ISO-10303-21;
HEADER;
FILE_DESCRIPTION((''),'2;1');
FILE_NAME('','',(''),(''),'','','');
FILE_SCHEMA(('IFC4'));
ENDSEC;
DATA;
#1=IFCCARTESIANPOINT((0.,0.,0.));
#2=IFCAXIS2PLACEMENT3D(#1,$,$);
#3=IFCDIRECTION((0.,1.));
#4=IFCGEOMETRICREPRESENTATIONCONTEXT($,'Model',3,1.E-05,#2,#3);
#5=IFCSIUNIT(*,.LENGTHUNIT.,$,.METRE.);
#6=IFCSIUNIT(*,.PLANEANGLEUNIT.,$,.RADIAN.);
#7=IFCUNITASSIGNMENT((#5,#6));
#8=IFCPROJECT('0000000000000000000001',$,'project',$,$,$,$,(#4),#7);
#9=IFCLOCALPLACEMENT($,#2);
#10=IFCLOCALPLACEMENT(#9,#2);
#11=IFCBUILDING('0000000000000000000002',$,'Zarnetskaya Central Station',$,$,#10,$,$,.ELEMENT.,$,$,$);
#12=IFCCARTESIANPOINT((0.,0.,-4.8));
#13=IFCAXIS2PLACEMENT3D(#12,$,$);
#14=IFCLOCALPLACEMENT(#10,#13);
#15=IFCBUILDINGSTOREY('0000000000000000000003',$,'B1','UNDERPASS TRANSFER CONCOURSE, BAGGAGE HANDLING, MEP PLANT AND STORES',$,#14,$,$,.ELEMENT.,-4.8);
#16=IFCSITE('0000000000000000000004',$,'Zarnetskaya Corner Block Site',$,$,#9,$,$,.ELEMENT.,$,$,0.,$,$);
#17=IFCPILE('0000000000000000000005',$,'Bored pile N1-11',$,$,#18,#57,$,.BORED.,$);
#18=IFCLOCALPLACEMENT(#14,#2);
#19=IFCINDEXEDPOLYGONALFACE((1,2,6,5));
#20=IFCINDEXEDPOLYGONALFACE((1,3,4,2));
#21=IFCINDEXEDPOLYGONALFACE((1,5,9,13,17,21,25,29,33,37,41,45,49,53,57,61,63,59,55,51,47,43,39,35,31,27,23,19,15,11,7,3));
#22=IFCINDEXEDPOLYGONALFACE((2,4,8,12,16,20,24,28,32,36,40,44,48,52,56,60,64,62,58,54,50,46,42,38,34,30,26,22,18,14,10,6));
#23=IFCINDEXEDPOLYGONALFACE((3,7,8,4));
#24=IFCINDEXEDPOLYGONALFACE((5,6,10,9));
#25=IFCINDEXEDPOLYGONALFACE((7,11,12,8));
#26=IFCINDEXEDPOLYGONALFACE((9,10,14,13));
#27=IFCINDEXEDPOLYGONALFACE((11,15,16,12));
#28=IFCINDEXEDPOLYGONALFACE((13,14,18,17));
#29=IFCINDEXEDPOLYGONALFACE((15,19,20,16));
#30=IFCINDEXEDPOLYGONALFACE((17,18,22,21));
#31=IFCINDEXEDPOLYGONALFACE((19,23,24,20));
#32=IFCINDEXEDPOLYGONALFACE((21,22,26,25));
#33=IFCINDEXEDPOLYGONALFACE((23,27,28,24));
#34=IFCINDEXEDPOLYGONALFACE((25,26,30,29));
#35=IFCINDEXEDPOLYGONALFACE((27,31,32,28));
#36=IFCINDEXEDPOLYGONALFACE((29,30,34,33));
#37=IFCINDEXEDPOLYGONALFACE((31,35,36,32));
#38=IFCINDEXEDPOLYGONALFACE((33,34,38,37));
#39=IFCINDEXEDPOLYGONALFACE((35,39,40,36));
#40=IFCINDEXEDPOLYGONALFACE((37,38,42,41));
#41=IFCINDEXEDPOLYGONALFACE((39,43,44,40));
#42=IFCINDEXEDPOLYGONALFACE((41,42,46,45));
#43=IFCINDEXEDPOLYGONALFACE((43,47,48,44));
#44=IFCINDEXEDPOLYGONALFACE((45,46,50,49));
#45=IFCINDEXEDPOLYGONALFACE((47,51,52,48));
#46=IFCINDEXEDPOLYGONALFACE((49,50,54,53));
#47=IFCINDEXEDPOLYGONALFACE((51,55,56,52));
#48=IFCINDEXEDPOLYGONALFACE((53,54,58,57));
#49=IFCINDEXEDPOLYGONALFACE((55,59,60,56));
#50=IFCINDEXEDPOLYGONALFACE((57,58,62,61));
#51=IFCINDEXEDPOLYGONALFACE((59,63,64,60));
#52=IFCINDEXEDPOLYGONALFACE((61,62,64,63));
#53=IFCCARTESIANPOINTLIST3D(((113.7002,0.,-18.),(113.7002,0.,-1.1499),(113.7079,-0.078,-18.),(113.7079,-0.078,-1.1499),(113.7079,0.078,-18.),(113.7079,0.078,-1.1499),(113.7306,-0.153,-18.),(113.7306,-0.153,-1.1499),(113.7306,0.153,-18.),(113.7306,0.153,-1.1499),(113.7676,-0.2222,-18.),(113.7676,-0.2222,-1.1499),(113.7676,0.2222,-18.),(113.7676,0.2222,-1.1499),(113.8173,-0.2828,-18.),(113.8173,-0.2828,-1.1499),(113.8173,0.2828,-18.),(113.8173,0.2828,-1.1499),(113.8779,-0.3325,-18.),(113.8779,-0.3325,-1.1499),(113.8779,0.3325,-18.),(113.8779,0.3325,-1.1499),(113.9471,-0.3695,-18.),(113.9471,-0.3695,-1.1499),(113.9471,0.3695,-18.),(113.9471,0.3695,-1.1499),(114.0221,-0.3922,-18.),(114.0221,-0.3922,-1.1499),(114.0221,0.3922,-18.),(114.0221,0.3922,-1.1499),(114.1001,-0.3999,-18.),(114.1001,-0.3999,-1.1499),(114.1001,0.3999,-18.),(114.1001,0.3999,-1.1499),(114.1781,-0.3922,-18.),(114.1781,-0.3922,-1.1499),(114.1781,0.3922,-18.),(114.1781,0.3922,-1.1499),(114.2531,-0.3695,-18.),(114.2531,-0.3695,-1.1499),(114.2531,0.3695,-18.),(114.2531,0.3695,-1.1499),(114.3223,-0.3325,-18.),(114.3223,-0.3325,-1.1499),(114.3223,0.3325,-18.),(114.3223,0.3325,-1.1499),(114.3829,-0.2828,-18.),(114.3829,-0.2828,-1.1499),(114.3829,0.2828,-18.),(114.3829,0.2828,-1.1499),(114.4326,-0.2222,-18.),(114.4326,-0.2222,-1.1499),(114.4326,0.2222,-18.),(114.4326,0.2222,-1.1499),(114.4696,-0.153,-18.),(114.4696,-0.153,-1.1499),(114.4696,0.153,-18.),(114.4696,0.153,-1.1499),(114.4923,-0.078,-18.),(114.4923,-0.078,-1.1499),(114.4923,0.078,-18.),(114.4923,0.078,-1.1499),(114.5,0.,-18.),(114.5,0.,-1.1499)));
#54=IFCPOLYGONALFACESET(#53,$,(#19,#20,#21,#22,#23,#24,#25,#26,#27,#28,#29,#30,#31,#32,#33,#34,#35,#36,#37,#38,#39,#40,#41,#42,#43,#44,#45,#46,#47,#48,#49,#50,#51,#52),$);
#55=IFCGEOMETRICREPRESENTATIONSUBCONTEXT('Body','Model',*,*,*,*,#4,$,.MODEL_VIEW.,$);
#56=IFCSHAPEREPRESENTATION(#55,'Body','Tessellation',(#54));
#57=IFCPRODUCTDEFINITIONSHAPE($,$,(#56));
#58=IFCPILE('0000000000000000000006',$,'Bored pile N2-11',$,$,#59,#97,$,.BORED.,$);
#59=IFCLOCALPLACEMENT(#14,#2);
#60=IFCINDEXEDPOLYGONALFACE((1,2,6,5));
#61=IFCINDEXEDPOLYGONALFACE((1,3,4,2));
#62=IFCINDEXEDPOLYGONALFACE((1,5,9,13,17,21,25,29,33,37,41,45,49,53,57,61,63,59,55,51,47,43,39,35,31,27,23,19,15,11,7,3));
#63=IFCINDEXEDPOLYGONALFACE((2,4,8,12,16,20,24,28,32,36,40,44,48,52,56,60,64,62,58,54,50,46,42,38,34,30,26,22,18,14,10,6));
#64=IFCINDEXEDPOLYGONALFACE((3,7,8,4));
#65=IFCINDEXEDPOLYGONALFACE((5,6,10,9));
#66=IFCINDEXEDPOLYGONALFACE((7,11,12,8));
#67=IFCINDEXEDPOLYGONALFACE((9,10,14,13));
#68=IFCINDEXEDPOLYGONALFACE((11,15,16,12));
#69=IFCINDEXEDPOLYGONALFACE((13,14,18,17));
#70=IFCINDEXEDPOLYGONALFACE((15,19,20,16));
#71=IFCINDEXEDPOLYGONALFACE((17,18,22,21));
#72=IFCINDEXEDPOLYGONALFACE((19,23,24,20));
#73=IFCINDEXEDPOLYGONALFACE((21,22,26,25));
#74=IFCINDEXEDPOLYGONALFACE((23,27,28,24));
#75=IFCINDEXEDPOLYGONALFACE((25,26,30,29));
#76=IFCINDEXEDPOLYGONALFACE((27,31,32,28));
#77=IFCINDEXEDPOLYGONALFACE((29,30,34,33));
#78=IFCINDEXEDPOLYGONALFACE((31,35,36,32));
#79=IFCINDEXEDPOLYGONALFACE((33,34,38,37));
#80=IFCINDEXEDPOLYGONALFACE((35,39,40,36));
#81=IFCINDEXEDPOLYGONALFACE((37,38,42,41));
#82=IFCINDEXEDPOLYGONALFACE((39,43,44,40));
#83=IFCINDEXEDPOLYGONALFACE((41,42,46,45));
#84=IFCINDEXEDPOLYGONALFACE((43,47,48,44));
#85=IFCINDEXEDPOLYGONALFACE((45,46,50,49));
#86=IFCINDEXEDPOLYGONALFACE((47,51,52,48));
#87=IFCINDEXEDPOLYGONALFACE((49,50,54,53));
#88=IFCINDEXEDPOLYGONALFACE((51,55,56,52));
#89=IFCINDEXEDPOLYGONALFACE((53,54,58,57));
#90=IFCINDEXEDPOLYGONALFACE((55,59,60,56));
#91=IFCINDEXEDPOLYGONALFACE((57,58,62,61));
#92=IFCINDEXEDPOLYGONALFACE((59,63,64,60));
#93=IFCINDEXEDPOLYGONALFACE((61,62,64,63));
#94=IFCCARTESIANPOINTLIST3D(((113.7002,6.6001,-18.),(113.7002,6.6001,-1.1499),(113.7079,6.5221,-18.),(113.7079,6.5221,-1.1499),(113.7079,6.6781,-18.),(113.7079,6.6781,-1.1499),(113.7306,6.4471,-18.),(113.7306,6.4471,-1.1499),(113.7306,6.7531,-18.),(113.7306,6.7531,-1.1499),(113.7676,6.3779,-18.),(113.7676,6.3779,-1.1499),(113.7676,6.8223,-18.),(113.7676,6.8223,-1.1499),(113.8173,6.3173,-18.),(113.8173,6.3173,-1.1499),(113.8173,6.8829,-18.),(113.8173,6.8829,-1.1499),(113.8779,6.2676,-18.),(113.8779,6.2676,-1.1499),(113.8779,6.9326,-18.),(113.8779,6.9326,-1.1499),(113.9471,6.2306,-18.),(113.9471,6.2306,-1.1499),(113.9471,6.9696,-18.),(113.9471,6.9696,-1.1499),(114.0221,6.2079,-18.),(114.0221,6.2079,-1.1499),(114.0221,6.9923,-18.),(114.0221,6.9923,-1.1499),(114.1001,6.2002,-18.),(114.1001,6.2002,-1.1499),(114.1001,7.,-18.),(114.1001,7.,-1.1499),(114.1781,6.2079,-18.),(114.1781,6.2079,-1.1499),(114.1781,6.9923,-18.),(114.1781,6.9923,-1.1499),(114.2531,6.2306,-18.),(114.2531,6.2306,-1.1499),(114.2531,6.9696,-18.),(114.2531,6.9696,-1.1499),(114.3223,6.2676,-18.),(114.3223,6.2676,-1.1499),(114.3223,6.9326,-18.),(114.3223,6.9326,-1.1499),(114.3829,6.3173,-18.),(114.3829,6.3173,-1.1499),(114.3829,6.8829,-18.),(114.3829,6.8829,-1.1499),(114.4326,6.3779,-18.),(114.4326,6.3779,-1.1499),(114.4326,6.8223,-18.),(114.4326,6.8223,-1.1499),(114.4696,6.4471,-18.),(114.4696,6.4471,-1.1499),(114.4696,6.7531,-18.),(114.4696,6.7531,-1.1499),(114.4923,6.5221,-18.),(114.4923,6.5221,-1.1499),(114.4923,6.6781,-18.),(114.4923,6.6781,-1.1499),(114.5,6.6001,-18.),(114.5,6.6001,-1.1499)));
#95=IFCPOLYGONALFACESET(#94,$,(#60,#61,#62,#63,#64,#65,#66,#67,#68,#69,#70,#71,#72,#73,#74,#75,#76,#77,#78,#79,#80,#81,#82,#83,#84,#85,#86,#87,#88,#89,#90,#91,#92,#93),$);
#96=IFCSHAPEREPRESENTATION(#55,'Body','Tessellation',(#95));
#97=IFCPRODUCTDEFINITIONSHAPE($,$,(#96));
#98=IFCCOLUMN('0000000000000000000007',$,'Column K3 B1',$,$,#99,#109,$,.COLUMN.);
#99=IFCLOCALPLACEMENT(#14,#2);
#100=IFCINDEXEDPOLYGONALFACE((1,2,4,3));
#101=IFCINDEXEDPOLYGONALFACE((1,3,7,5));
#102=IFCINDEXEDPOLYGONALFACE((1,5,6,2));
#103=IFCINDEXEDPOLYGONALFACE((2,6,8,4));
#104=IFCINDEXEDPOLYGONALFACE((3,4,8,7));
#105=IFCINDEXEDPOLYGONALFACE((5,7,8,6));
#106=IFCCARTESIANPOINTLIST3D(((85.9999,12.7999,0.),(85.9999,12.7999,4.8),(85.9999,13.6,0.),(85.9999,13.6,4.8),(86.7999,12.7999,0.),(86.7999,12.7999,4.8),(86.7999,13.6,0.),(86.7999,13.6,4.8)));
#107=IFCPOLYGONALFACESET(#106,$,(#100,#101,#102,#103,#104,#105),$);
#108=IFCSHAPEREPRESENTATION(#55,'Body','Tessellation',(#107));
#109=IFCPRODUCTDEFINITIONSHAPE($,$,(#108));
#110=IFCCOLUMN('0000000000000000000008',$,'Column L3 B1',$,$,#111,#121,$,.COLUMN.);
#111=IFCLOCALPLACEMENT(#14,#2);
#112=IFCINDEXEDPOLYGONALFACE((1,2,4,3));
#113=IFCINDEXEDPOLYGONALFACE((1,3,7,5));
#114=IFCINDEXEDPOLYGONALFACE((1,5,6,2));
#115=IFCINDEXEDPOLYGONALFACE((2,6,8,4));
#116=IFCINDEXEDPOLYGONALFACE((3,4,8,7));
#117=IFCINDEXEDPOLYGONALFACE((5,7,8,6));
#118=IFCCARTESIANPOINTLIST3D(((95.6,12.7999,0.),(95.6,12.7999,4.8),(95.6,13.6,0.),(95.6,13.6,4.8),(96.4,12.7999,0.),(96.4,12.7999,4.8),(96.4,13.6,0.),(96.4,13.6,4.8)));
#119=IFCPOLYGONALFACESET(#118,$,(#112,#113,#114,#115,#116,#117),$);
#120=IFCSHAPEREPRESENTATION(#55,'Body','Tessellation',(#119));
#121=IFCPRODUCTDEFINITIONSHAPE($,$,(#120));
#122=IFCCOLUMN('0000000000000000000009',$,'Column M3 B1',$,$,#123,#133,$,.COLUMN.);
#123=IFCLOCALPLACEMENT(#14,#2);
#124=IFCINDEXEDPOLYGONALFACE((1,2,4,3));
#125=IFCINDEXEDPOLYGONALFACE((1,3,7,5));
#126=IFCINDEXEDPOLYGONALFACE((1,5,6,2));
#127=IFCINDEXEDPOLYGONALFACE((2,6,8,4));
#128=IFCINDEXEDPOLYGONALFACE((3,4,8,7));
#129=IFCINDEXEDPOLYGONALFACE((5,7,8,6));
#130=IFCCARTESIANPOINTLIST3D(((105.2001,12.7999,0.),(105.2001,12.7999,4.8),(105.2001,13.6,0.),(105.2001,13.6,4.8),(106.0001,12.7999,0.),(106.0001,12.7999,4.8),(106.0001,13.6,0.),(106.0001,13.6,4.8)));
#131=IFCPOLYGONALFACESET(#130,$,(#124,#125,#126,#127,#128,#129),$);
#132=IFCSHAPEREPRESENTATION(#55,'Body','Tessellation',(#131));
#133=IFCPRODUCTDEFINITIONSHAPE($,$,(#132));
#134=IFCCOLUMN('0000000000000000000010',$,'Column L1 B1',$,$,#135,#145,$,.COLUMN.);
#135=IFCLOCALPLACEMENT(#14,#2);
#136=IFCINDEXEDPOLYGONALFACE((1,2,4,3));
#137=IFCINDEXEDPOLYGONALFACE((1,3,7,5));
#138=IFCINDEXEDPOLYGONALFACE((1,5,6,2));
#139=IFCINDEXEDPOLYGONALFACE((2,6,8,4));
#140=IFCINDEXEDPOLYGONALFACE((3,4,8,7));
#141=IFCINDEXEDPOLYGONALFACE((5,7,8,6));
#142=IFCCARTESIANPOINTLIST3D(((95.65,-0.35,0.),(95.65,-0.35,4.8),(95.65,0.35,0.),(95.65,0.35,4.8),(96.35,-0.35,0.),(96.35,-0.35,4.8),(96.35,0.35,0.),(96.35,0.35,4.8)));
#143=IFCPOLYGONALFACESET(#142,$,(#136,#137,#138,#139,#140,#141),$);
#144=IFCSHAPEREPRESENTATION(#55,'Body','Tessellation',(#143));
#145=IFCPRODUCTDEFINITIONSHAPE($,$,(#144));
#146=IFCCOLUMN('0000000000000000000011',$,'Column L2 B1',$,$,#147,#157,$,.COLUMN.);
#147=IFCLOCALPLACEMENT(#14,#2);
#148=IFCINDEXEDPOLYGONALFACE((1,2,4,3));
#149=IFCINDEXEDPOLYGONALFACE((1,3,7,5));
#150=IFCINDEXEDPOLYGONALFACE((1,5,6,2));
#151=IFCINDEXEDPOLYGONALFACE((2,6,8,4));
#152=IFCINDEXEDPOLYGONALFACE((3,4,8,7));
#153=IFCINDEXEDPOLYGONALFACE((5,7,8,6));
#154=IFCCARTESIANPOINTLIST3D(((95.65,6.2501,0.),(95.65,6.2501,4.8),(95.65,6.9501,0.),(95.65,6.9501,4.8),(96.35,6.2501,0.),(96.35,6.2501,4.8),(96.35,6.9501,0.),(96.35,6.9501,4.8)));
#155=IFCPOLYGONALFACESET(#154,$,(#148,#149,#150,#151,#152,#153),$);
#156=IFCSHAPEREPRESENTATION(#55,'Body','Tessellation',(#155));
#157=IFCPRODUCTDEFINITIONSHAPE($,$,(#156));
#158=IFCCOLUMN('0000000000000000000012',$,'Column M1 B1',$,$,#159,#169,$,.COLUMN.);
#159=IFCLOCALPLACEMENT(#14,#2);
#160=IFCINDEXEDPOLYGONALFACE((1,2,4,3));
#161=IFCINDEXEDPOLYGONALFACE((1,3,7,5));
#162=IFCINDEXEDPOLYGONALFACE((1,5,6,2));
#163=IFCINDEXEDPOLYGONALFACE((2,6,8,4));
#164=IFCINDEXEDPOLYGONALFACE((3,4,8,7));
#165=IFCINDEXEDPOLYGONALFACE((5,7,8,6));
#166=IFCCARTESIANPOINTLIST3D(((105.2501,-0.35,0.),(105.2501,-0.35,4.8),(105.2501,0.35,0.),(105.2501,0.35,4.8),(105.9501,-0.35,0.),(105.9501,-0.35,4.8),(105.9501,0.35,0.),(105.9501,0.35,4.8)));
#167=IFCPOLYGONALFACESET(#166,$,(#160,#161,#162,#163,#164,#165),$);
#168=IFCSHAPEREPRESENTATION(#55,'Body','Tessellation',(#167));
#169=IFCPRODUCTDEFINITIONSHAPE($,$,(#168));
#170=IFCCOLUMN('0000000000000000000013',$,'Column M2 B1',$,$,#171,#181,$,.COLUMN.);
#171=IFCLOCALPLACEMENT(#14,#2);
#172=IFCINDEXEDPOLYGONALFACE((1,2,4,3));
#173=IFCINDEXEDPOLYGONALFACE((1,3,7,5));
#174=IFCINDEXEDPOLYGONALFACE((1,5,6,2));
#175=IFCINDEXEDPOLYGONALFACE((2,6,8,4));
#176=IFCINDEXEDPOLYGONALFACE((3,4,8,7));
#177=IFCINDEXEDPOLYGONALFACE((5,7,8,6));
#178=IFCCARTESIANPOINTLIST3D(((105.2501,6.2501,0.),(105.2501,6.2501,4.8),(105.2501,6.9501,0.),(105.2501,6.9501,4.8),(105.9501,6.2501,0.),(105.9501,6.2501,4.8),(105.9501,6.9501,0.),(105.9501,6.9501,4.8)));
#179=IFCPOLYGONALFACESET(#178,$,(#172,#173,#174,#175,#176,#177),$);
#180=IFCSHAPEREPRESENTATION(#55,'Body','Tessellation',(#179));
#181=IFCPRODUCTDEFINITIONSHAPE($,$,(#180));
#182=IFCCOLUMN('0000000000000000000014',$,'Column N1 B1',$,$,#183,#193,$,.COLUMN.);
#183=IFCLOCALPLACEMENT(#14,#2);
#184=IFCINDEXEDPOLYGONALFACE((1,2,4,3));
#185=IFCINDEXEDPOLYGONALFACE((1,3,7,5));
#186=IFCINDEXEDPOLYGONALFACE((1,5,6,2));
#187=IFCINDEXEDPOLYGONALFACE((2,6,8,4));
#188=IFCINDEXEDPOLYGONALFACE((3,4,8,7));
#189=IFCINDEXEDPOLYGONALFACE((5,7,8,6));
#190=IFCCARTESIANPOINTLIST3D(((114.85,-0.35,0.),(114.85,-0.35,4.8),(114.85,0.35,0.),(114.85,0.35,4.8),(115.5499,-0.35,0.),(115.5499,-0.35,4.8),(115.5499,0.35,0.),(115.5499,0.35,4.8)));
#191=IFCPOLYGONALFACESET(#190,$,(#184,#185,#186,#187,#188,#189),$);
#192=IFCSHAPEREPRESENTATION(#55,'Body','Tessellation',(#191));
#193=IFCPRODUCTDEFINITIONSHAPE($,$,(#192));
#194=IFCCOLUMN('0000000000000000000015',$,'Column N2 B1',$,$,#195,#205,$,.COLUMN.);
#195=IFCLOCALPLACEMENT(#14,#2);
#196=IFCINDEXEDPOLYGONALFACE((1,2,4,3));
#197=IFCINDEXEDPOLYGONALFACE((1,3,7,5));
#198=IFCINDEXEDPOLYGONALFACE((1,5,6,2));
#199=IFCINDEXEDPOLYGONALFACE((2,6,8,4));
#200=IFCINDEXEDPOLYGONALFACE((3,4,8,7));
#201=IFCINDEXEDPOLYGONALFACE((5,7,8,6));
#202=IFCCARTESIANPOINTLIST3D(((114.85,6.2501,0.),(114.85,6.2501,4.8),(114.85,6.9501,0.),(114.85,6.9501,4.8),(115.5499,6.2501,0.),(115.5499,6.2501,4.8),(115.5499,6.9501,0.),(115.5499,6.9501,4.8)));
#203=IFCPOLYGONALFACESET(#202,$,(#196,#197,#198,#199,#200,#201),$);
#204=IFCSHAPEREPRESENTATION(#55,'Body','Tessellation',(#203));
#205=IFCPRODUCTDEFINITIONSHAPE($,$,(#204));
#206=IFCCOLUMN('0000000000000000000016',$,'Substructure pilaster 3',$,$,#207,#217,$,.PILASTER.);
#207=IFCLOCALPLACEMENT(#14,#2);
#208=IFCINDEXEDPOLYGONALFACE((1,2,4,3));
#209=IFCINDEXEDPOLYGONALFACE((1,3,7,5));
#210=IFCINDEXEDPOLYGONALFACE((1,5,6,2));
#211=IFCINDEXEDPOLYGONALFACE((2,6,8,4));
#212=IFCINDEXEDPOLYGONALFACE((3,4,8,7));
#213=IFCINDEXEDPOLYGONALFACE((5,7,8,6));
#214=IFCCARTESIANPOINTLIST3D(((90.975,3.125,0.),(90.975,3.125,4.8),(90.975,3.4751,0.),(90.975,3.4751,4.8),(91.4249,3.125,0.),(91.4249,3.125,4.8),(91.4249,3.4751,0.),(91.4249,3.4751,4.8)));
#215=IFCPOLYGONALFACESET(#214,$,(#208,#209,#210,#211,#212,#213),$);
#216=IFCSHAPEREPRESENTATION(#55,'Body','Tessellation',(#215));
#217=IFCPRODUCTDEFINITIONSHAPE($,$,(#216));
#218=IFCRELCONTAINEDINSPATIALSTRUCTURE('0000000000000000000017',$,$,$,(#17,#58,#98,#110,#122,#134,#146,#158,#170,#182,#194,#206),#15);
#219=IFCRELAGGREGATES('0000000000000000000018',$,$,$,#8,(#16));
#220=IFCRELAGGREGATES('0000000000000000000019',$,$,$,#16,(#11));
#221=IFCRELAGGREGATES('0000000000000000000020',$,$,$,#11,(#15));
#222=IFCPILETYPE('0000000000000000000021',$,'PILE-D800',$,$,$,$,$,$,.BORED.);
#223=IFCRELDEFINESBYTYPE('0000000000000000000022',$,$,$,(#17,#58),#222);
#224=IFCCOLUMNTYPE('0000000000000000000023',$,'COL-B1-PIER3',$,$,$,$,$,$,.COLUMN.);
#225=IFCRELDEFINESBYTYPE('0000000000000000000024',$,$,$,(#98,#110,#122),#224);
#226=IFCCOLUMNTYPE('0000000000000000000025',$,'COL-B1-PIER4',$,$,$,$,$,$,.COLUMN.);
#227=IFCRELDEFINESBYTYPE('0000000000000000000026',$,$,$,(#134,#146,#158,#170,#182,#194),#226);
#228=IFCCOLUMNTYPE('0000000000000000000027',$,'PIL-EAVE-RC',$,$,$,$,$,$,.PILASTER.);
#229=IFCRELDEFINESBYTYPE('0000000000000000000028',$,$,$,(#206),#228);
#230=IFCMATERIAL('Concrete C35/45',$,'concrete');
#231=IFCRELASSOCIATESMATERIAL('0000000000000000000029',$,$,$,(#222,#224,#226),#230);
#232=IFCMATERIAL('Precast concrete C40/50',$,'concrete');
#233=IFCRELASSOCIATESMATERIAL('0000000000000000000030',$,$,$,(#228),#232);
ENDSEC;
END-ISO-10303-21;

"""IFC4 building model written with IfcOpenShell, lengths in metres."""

from ifc_helpers import new_model, si_unit, direction, frame, origin, origin_2d, place, context, subcontext, project, spatial, rectangle, circle, extrude, material, material_profile, profile_set, type_object, element, save


model = new_model("IFC4")

# Units and contexts
model_context = context("Model", 3, precision=1e-05, world=origin(), true_north=direction((0.0, 1.0)))
body_context = subcontext(model_context, "Body", "Model", "MODEL_VIEW")
ifc_project = project(units=[si_unit("LENGTHUNIT", "METRE"), si_unit("PLANEANGLEUNIT", "RADIAN")], contexts=[model_context])

# Site, building, storey
site_placement = place(None, origin())
site = spatial("IfcSite", under=ifc_project, at=site_placement, Name="Zarnetskaya Corner Block Site", CompositionType="ELEMENT", RefElevation=0.0)
building_placement = place(site_placement, origin())
building = spatial("IfcBuilding", under=site, at=building_placement, Name="Zarnetskaya Central Station", CompositionType="ELEMENT")
storey_placement = place(building_placement, frame((0.0, 0.0, -4.8)))
storey = spatial("IfcBuildingStorey", under=building, at=storey_placement, Name="B1", Description="UNDERPASS TRANSFER CONCOURSE, BAGGAGE HANDLING, MEP PLANT AND STORES", CompositionType="ELEMENT", Elevation=-4.8)

# Shared definitions
ifc_material_1 = material(Name="Concrete C35/45", Category="concrete")

# Piles
ifc_material_profile_1 = material_profile(ifc_material_1, circle(Radius=0.3999, at=origin_2d()), Name="BORED PILE D800")
ifc_profile_set_1 = profile_set([ifc_material_profile_1], Name="Concrete C35/45")
pile_type_1 = type_object("IfcPileType", Name="PILE-D800", PredefinedType="BORED", material=ifc_profile_set_1)
for number, where, z_axis, x_axis, name in (
    (1, (114.1001, 0.0, -1.1499), (0.0, 0.0, -1.0), (1.0, 0.0, 0.0), "Bored pile N1-11"),
    (2, (114.1001, 6.6001, -1.1499), (0.0, 0.0, -1.0), (1.0, 0.0, 0.0), "Bored pile N2-11"),
):
    element("IfcPile", number, at=place(storey_placement, frame(where, z_axis=z_axis, x_axis=x_axis)), inside=storey, type_object=pile_type_1, Name=name, PredefinedType="BORED", context=body_context, shape_type="SweptSolid", body=[
        extrude(circle(Radius=0.3999, at=origin_2d()), origin(), (0.0, 0.0, 1.0), 16.8501),
    ])

# Columns
ifc_material_profile_2 = material_profile(ifc_material_1, rectangle(XDim=0.8, YDim=0.8, at=origin_2d()), Name="RC 800x800")
ifc_profile_set_2 = profile_set([ifc_material_profile_2], Name="Concrete C35/45")
column_type_1 = type_object("IfcColumnType", Name="COL-B1-PIER3", PredefinedType="COLUMN", material=ifc_profile_set_2)
for number, where, z_axis, x_axis, name in (
    (3, (86.3999, 13.2, 0.0), (0.0, 0.0, 1.0), (1.0, 0.0, 0.0), "Column K3 B1"),
    (4, (96.0, 13.2, 0.0), (0.0, 0.0, 1.0), (1.0, 0.0, 0.0), "Column L3 B1"),
    (5, (105.6001, 13.2, 0.0), (0.0, 0.0, 1.0), (1.0, 0.0, 0.0), "Column M3 B1"),
):
    element("IfcColumn", number, at=place(storey_placement, frame(where, z_axis=z_axis, x_axis=x_axis)), inside=storey, type_object=column_type_1, Name=name, PredefinedType="COLUMN", context=body_context, shape_type="SweptSolid", body=[
        extrude(rectangle(XDim=0.8, YDim=0.8, at=origin_2d()), origin(), (0.0, 0.0, 1.0), 4.8),
    ])
ifc_material_profile_3 = material_profile(ifc_material_1, rectangle(XDim=0.7, YDim=0.7, at=origin_2d()), Name="RC 700x700")
ifc_profile_set_3 = profile_set([ifc_material_profile_3], Name="Concrete C35/45")
column_type_2 = type_object("IfcColumnType", Name="COL-B1-PIER4", PredefinedType="COLUMN", material=ifc_profile_set_3)
for number, where, z_axis, x_axis, name in (
    (6, (96.0, 0.0, 0.0), (0.0, 0.0, 1.0), (1.0, 0.0, 0.0), "Column L1 B1"),
    (7, (96.0, 6.6001, 0.0), (0.0, 0.0, 1.0), (1.0, 0.0, 0.0), "Column L2 B1"),
    (8, (105.6001, 0.0, 0.0), (0.0, 0.0, 1.0), (1.0, 0.0, 0.0), "Column M1 B1"),
    (9, (105.6001, 6.6001, 0.0), (0.0, 0.0, 1.0), (1.0, 0.0, 0.0), "Column M2 B1"),
    (10, (115.2, 0.0, 0.0), (0.0, 0.0, 1.0), (1.0, 0.0, 0.0), "Column N1 B1"),
    (11, (115.2, 6.6001, 0.0), (0.0, 0.0, 1.0), (1.0, 0.0, 0.0), "Column N2 B1"),
):
    element("IfcColumn", number, at=place(storey_placement, frame(where, z_axis=z_axis, x_axis=x_axis)), inside=storey, type_object=column_type_2, Name=name, PredefinedType="COLUMN", context=body_context, shape_type="SweptSolid", body=[
        extrude(rectangle(XDim=0.7, YDim=0.7, at=origin_2d()), origin(), (0.0, 0.0, 1.0), 4.8),
    ])
ifc_material_2 = material(Name="Precast concrete C40/50", Category="concrete")
ifc_material_profile_4 = material_profile(ifc_material_2, rectangle(XDim=0.45, YDim=0.3501, at=origin_2d()), Name="RC PILASTER 450x350")
ifc_profile_set_4 = profile_set([ifc_material_profile_4], Name="Precast concrete C40/50")
column_type_3 = type_object("IfcColumnType", Name="PIL-EAVE-RC", PredefinedType="PILASTER", material=ifc_profile_set_4)
for number, where, z_axis, x_axis, name in (
    (12, (91.2, 3.3, 0.0), (0.0, 0.0, 1.0), (1.0, 0.0, 0.0), "Substructure pilaster 3"),
):
    element("IfcColumn", number, at=place(storey_placement, frame(where, z_axis=z_axis, x_axis=x_axis)), inside=storey, type_object=column_type_3, Name=name, PredefinedType="PILASTER", context=body_context, shape_type="SweptSolid", body=[
        extrude(rectangle(XDim=0.45, YDim=0.3501, at=origin_2d()), origin(), (0.0, 0.0, 1.0), 4.8),
    ])

save(model, "model.ifc")
